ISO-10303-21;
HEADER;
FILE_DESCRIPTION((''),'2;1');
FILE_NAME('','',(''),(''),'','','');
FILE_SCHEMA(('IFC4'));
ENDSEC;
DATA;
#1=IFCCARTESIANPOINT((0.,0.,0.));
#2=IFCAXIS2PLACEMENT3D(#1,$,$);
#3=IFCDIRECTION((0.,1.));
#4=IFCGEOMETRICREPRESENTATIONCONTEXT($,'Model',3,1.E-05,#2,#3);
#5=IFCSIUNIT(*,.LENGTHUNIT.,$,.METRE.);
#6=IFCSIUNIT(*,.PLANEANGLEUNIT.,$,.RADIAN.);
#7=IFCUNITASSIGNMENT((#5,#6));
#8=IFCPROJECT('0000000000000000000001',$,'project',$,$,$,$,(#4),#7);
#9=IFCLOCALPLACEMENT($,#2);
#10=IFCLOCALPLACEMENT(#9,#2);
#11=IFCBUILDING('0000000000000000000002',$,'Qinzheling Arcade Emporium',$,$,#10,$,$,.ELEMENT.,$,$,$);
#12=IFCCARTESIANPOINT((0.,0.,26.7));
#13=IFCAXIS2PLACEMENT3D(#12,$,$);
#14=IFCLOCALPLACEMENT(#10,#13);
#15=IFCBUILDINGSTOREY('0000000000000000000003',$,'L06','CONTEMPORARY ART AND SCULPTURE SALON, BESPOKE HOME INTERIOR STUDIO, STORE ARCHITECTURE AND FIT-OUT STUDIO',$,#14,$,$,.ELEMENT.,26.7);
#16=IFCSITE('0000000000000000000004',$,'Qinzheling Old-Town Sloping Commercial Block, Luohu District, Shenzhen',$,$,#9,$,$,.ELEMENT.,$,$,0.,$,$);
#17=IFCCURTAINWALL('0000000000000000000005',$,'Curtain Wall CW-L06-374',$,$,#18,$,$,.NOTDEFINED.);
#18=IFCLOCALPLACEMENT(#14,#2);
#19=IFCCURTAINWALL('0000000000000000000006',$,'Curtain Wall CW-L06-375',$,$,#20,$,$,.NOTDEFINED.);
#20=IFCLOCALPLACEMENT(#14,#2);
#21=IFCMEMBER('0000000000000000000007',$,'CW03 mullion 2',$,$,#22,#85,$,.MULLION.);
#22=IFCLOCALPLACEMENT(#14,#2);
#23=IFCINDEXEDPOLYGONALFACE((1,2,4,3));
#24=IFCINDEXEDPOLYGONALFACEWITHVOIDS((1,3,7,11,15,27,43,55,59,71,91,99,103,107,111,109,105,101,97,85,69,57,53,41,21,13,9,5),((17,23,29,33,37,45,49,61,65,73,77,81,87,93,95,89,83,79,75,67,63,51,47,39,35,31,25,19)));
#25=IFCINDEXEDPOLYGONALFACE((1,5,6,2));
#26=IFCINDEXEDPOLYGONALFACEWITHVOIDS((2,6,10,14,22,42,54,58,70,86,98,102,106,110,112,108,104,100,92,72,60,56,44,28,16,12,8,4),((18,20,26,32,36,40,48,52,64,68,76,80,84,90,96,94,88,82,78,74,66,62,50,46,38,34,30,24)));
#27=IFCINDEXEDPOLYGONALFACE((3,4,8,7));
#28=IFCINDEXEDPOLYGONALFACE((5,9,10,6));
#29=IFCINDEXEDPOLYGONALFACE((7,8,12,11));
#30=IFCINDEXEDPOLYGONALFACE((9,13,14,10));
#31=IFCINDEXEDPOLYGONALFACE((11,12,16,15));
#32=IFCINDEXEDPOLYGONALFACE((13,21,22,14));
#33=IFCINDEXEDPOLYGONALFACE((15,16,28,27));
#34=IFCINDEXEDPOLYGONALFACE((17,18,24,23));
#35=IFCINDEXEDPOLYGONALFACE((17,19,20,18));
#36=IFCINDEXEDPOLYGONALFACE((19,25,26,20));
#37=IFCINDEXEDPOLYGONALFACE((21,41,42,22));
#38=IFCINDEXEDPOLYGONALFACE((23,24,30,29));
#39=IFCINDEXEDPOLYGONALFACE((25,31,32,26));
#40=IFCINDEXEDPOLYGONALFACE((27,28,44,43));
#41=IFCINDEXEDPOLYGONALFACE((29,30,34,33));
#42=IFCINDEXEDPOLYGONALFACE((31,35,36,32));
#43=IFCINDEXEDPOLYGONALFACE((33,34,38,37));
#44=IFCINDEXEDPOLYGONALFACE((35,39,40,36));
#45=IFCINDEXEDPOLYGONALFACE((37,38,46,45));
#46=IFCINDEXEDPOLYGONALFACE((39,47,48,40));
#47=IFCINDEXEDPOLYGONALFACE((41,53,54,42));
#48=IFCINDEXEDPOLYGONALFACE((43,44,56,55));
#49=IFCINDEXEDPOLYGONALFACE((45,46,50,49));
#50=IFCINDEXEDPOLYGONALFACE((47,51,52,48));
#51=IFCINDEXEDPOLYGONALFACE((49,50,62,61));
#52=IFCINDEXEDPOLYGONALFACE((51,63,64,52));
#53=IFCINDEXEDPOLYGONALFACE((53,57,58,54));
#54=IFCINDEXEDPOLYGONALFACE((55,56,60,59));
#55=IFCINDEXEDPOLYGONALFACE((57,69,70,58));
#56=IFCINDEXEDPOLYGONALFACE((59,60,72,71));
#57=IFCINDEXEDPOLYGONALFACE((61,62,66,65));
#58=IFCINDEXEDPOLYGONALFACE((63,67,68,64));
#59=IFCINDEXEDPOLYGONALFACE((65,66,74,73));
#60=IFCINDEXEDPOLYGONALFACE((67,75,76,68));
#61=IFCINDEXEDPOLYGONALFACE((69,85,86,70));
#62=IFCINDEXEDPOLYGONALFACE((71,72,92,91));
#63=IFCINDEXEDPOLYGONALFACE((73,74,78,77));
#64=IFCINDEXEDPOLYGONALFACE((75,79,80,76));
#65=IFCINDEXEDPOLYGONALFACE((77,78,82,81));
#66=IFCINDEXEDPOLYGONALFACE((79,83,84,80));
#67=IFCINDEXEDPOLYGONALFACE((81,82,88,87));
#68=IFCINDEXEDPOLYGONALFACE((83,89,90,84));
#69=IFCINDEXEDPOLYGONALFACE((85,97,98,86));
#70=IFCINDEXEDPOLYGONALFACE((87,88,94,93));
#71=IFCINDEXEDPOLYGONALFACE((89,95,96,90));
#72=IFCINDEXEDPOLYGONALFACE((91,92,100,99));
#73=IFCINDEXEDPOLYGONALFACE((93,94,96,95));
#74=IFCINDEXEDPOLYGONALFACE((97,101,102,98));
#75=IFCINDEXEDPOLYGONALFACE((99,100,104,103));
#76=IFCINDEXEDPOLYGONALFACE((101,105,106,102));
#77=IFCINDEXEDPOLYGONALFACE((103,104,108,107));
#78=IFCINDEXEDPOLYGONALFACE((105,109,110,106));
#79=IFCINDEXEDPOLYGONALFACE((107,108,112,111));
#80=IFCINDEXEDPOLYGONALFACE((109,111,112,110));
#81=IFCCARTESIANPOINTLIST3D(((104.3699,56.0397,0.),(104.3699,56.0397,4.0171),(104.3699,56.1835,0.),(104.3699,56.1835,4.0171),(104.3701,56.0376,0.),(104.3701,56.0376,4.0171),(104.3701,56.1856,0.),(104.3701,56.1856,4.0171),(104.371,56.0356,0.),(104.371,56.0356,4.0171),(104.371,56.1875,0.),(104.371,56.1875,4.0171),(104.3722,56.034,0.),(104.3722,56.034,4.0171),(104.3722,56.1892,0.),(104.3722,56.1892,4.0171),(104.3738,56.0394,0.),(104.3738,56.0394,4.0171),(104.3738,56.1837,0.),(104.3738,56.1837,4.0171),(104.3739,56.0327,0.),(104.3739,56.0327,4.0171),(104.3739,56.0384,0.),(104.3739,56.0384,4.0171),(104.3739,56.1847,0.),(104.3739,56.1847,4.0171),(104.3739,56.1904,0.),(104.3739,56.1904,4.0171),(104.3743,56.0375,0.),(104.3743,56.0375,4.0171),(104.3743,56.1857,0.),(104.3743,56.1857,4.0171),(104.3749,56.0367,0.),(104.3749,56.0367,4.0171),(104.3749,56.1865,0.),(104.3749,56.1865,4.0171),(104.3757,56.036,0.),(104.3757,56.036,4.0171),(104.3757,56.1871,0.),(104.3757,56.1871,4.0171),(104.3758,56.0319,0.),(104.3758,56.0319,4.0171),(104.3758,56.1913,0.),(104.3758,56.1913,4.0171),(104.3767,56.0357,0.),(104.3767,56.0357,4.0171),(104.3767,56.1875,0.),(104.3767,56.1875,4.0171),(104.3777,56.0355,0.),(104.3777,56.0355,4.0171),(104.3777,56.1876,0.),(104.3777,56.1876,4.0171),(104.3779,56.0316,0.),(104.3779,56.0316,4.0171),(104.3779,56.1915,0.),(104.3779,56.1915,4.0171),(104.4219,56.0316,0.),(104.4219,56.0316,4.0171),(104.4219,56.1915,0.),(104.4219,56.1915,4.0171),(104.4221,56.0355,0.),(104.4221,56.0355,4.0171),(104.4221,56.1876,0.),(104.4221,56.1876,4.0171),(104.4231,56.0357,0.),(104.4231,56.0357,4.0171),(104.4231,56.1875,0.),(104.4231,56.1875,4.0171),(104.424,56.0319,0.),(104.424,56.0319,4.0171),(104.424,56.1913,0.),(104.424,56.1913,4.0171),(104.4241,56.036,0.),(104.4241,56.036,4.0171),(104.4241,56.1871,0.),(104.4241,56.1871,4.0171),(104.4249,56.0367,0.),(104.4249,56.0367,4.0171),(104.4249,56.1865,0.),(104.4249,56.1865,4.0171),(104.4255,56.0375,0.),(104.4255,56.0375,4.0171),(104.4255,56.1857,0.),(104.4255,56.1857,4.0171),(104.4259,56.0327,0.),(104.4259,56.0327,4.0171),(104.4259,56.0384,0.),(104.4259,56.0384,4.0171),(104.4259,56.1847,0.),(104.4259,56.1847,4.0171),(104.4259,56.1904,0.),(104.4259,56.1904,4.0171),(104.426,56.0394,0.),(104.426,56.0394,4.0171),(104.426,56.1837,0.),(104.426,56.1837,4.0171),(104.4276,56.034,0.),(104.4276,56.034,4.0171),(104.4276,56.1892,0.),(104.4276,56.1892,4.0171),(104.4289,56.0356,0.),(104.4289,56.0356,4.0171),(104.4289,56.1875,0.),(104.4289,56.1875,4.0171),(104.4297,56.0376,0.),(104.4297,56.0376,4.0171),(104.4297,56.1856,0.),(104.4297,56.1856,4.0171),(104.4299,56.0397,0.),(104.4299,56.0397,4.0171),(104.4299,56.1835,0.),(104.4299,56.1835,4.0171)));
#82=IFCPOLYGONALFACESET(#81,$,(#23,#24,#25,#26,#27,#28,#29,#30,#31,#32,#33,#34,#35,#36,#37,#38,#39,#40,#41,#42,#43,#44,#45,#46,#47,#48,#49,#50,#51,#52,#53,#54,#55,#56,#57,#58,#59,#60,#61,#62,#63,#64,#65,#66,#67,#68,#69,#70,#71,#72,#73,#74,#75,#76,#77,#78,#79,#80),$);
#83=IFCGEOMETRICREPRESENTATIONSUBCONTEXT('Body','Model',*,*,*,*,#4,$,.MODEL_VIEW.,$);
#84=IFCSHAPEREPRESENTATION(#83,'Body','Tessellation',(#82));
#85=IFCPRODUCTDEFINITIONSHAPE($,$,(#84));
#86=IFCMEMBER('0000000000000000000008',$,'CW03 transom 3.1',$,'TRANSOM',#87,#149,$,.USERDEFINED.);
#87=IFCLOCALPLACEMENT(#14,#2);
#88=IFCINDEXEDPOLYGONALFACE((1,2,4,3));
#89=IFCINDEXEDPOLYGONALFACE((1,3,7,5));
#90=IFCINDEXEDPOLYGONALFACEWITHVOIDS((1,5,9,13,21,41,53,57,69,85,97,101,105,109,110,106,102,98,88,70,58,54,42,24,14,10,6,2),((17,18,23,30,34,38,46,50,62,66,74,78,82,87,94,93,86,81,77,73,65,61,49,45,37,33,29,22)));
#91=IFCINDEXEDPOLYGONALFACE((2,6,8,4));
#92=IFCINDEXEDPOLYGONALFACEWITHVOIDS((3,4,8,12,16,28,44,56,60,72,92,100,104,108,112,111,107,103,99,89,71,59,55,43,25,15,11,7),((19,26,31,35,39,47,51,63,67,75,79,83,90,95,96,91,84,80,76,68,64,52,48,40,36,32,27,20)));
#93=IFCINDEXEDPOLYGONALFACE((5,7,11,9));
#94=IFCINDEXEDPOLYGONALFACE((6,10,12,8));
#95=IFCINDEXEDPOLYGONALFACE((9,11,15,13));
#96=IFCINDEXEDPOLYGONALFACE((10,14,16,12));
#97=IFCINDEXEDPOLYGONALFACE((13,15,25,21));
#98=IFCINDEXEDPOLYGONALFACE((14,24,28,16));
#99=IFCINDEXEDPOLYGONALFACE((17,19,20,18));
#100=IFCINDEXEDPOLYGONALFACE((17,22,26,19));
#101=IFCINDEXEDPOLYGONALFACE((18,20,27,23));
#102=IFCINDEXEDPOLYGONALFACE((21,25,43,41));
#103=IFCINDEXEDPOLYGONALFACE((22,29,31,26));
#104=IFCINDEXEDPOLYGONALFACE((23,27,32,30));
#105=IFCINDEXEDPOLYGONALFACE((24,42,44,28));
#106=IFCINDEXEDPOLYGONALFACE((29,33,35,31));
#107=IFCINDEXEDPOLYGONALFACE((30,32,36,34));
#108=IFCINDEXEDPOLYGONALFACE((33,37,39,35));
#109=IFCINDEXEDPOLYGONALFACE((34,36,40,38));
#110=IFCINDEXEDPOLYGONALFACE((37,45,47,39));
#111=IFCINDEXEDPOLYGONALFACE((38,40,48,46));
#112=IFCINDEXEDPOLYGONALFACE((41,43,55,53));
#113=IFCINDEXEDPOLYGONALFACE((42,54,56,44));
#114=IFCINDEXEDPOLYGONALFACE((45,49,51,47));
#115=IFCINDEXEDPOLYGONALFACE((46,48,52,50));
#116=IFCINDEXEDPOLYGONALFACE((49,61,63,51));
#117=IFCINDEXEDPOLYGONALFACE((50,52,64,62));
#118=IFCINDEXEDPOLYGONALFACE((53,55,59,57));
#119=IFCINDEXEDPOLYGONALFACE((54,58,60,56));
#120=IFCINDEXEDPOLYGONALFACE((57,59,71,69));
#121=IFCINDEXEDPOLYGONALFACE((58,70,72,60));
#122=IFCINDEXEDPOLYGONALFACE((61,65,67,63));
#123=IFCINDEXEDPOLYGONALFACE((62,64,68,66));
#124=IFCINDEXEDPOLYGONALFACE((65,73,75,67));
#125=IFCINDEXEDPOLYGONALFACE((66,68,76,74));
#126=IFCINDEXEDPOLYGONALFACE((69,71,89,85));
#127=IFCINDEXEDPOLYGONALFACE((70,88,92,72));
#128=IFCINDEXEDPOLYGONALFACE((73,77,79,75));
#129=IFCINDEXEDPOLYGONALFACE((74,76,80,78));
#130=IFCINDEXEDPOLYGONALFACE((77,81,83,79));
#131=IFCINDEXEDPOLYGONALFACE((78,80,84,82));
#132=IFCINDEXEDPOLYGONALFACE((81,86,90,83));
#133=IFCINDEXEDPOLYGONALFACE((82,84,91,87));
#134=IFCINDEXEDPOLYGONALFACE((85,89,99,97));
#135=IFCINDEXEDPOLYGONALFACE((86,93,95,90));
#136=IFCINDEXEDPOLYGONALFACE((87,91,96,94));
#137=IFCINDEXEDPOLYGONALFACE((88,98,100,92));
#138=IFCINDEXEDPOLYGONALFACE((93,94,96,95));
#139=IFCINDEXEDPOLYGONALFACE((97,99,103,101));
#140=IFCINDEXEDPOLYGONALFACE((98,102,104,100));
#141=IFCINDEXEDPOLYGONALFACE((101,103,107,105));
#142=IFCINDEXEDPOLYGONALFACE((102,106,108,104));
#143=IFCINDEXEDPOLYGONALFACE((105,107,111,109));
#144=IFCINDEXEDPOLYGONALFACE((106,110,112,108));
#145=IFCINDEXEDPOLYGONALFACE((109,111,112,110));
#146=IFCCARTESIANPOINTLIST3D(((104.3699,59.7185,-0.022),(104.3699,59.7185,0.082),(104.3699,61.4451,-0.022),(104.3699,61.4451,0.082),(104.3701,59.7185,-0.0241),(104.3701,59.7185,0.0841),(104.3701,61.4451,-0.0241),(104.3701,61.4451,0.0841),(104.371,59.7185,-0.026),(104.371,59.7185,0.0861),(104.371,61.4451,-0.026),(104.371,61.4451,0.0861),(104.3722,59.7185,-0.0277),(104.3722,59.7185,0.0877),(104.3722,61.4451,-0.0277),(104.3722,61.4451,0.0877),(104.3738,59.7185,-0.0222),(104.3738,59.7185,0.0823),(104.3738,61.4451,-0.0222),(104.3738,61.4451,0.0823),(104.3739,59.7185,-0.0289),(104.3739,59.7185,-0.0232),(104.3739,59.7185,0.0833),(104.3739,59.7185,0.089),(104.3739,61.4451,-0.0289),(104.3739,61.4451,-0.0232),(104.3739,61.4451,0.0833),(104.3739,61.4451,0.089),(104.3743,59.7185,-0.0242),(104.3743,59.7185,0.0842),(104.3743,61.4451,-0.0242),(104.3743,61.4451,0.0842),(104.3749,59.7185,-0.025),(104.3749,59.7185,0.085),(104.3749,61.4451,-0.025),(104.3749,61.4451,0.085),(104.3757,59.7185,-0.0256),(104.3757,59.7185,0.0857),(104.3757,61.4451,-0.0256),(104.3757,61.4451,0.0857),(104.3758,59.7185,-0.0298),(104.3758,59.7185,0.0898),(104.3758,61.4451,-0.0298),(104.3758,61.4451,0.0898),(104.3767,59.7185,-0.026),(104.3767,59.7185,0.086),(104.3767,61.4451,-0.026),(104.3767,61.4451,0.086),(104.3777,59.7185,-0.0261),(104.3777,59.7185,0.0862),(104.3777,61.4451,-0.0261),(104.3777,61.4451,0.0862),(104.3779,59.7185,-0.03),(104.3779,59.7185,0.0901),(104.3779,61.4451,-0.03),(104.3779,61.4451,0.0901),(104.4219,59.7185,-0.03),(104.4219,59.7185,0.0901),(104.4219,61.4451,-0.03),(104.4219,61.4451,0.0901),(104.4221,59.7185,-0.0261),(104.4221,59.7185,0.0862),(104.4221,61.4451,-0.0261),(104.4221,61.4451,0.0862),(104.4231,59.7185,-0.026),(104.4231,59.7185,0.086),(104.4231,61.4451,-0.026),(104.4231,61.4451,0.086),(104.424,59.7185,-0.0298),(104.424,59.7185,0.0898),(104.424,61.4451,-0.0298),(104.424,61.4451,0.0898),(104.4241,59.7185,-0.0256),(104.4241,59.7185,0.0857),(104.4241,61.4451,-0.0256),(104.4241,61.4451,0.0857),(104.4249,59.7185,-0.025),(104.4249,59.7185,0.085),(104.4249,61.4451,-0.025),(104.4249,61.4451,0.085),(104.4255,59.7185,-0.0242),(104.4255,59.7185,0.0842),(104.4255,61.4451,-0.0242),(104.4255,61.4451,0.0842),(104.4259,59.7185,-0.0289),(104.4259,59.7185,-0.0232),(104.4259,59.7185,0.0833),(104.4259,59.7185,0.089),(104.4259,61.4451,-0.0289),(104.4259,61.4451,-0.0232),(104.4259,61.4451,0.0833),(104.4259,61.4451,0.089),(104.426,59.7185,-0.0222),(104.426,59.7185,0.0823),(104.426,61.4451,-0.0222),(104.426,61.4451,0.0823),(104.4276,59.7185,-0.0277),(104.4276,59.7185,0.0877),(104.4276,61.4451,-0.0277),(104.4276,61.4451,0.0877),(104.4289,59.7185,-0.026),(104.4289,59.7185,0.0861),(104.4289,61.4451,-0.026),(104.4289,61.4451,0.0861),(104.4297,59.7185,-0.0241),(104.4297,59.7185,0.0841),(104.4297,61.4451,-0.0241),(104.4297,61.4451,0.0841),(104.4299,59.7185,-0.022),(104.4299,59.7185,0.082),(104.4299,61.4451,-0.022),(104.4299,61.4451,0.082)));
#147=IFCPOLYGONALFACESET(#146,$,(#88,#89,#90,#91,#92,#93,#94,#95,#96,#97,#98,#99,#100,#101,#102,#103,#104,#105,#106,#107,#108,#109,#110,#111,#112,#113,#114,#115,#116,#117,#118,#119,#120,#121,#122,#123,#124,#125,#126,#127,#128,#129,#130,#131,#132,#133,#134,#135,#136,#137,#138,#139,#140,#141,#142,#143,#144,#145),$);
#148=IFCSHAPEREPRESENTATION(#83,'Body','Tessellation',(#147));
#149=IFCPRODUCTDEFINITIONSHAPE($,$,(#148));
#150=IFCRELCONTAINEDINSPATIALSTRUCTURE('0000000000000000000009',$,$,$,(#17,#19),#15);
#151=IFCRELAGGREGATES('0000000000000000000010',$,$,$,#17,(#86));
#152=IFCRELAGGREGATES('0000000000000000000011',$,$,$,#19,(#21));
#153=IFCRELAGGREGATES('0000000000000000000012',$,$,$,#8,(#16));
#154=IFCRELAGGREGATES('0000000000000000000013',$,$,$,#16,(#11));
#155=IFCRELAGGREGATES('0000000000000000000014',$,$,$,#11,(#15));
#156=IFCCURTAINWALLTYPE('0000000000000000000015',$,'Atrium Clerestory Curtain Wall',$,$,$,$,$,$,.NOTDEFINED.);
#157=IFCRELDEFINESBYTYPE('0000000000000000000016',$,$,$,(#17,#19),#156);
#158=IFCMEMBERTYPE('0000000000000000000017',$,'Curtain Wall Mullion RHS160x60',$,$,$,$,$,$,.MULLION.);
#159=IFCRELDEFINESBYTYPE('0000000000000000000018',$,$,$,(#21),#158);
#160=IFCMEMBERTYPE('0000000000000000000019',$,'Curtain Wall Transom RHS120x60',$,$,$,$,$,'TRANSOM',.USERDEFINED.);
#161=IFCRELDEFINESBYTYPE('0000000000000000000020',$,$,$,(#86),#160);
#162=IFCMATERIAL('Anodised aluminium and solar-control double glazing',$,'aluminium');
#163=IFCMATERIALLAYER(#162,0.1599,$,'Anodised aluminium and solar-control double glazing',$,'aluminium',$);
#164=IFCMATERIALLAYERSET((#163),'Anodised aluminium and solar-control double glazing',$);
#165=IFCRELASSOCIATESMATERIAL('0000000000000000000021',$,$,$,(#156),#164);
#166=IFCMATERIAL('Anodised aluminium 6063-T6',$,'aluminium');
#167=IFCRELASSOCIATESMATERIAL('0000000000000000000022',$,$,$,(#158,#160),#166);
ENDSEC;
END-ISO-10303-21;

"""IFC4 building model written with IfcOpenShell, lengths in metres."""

from ifc_helpers import new_model, si_unit, direction, frame, origin, origin_2d, place, context, subcontext, project, spatial, hollow_rectangle, extrude, material, layer, layer_set, material_profile, profile_set, type_object, element, aggregate, save


model = new_model("IFC4")

# Units and contexts
model_context = context("Model", 3, precision=1e-05, world=origin(), true_north=direction((0.0, 1.0)))
body_context = subcontext(model_context, "Body", "Model", "MODEL_VIEW")
ifc_project = project(units=[si_unit("LENGTHUNIT", "METRE"), si_unit("PLANEANGLEUNIT", "RADIAN")], contexts=[model_context])

# Site, building, storey
site_placement = place(None, origin())
site = spatial("IfcSite", under=ifc_project, at=site_placement, Name="Qinzheling Old-Town Sloping Commercial Block, Luohu District, Shenzhen", CompositionType="ELEMENT", RefElevation=0.0)
building_placement = place(site_placement, origin())
building = spatial("IfcBuilding", under=site, at=building_placement, Name="Qinzheling Arcade Emporium", CompositionType="ELEMENT")
storey_placement = place(building_placement, frame((0.0, 0.0, 26.7)))
storey = spatial("IfcBuildingStorey", under=building, at=storey_placement, Name="L06", Description="CONTEMPORARY ART AND SCULPTURE SALON, BESPOKE HOME INTERIOR STUDIO, STORE ARCHITECTURE AND FIT-OUT STUDIO", CompositionType="ELEMENT", Elevation=26.7)

# Curtain walls, member
ifc_material_1 = material(Name="Anodised aluminium and solar-control double glazing", Category="aluminium")
ifc_layer_1 = layer(ifc_material_1, 0.1599, Name="Anodised aluminium and solar-control double glazing", Category="aluminium")
ifc_layer_set_1 = layer_set([ifc_layer_1], Name="Anodised aluminium and solar-control double glazing")
curtain_wall_type = type_object("IfcCurtainWallType", Name="Atrium Clerestory Curtain Wall", PredefinedType="NOTDEFINED", material=ifc_layer_set_1)
curtain_wall_1_placement = place(storey_placement, origin())
curtain_wall_1 = element("IfcCurtainWall", 1, at=curtain_wall_1_placement, inside=storey, type_object=curtain_wall_type, Name="Curtain Wall CW-L06-374", PredefinedType="NOTDEFINED")
ifc_material_2 = material(Name="Anodised aluminium 6063-T6", Category="aluminium")
ifc_material_profile_1 = material_profile(ifc_material_2, hollow_rectangle(XDim=0.0601, YDim=0.1599, WallThickness=0.0039, InnerFilletRadius=0.0039, OuterFilletRadius=0.0081, at=origin_2d()), Name="RHS 160x60x4", Category="aluminium")
ifc_profile_set_1 = profile_set([ifc_material_profile_1], Name="Anodised aluminium 6063-T6")
member_type_1 = type_object("IfcMemberType", Name="Curtain Wall Mullion RHS160x60", PredefinedType="MULLION", material=ifc_profile_set_1)
curtain_wall_2_placement = place(storey_placement, origin())
curtain_wall_2 = element("IfcCurtainWall", 2, at=curtain_wall_2_placement, inside=storey, type_object=curtain_wall_type, Name="Curtain Wall CW-L06-375", PredefinedType="NOTDEFINED")
member_1_placement = place(storey_placement, frame((104.3999, 56.1116, 0.0), z_axis=(0.0, 0.0, 1.0), x_axis=(1.0, 0.0, 0.0)))
member_1 = element("IfcMember", 3, at=member_1_placement, type_object=member_type_1, Name="CW03 mullion 2", PredefinedType="MULLION", context=body_context, shape_type="SweptSolid", body=[
    extrude(hollow_rectangle(XDim=0.0601, YDim=0.1599, WallThickness=0.0039, InnerFilletRadius=0.0039, OuterFilletRadius=0.0081, at=origin_2d()), origin(), (0.0, 0.0, 1.0), 4.0171),
])

# Member
ifc_material_profile_2 = material_profile(ifc_material_2, hollow_rectangle(XDim=0.0601, YDim=0.1201, WallThickness=0.0039, InnerFilletRadius=0.0039, OuterFilletRadius=0.0081, at=origin_2d()), Name="RHS 120x60x4", Category="aluminium")
ifc_profile_set_2 = profile_set([ifc_material_profile_2], Name="Anodised aluminium 6063-T6")
member_type_2 = type_object("IfcMemberType", Name="Curtain Wall Transom RHS120x60", ElementType="TRANSOM", PredefinedType="USERDEFINED", material=ifc_profile_set_2)
member_2_placement = place(storey_placement, frame((104.3999, 61.4451, 0.03), z_axis=(0.0, -1.0, 0.0), x_axis=(1.0, 0.0, 0.0)))
member_2 = element("IfcMember", 4, at=member_2_placement, type_object=member_type_2, Name="CW03 transom 3.1", ObjectType="TRANSOM", PredefinedType="USERDEFINED", context=body_context, shape_type="SweptSolid", body=[
    extrude(hollow_rectangle(XDim=0.0601, YDim=0.1201, WallThickness=0.0039, InnerFilletRadius=0.0039, OuterFilletRadius=0.0081, at=origin_2d()), origin(), (0.0, 0.0, 1.0), 1.7266),
])

aggregate(curtain_wall_1, [member_2])
aggregate(curtain_wall_2, [member_1])

save(model, "model.ifc")
